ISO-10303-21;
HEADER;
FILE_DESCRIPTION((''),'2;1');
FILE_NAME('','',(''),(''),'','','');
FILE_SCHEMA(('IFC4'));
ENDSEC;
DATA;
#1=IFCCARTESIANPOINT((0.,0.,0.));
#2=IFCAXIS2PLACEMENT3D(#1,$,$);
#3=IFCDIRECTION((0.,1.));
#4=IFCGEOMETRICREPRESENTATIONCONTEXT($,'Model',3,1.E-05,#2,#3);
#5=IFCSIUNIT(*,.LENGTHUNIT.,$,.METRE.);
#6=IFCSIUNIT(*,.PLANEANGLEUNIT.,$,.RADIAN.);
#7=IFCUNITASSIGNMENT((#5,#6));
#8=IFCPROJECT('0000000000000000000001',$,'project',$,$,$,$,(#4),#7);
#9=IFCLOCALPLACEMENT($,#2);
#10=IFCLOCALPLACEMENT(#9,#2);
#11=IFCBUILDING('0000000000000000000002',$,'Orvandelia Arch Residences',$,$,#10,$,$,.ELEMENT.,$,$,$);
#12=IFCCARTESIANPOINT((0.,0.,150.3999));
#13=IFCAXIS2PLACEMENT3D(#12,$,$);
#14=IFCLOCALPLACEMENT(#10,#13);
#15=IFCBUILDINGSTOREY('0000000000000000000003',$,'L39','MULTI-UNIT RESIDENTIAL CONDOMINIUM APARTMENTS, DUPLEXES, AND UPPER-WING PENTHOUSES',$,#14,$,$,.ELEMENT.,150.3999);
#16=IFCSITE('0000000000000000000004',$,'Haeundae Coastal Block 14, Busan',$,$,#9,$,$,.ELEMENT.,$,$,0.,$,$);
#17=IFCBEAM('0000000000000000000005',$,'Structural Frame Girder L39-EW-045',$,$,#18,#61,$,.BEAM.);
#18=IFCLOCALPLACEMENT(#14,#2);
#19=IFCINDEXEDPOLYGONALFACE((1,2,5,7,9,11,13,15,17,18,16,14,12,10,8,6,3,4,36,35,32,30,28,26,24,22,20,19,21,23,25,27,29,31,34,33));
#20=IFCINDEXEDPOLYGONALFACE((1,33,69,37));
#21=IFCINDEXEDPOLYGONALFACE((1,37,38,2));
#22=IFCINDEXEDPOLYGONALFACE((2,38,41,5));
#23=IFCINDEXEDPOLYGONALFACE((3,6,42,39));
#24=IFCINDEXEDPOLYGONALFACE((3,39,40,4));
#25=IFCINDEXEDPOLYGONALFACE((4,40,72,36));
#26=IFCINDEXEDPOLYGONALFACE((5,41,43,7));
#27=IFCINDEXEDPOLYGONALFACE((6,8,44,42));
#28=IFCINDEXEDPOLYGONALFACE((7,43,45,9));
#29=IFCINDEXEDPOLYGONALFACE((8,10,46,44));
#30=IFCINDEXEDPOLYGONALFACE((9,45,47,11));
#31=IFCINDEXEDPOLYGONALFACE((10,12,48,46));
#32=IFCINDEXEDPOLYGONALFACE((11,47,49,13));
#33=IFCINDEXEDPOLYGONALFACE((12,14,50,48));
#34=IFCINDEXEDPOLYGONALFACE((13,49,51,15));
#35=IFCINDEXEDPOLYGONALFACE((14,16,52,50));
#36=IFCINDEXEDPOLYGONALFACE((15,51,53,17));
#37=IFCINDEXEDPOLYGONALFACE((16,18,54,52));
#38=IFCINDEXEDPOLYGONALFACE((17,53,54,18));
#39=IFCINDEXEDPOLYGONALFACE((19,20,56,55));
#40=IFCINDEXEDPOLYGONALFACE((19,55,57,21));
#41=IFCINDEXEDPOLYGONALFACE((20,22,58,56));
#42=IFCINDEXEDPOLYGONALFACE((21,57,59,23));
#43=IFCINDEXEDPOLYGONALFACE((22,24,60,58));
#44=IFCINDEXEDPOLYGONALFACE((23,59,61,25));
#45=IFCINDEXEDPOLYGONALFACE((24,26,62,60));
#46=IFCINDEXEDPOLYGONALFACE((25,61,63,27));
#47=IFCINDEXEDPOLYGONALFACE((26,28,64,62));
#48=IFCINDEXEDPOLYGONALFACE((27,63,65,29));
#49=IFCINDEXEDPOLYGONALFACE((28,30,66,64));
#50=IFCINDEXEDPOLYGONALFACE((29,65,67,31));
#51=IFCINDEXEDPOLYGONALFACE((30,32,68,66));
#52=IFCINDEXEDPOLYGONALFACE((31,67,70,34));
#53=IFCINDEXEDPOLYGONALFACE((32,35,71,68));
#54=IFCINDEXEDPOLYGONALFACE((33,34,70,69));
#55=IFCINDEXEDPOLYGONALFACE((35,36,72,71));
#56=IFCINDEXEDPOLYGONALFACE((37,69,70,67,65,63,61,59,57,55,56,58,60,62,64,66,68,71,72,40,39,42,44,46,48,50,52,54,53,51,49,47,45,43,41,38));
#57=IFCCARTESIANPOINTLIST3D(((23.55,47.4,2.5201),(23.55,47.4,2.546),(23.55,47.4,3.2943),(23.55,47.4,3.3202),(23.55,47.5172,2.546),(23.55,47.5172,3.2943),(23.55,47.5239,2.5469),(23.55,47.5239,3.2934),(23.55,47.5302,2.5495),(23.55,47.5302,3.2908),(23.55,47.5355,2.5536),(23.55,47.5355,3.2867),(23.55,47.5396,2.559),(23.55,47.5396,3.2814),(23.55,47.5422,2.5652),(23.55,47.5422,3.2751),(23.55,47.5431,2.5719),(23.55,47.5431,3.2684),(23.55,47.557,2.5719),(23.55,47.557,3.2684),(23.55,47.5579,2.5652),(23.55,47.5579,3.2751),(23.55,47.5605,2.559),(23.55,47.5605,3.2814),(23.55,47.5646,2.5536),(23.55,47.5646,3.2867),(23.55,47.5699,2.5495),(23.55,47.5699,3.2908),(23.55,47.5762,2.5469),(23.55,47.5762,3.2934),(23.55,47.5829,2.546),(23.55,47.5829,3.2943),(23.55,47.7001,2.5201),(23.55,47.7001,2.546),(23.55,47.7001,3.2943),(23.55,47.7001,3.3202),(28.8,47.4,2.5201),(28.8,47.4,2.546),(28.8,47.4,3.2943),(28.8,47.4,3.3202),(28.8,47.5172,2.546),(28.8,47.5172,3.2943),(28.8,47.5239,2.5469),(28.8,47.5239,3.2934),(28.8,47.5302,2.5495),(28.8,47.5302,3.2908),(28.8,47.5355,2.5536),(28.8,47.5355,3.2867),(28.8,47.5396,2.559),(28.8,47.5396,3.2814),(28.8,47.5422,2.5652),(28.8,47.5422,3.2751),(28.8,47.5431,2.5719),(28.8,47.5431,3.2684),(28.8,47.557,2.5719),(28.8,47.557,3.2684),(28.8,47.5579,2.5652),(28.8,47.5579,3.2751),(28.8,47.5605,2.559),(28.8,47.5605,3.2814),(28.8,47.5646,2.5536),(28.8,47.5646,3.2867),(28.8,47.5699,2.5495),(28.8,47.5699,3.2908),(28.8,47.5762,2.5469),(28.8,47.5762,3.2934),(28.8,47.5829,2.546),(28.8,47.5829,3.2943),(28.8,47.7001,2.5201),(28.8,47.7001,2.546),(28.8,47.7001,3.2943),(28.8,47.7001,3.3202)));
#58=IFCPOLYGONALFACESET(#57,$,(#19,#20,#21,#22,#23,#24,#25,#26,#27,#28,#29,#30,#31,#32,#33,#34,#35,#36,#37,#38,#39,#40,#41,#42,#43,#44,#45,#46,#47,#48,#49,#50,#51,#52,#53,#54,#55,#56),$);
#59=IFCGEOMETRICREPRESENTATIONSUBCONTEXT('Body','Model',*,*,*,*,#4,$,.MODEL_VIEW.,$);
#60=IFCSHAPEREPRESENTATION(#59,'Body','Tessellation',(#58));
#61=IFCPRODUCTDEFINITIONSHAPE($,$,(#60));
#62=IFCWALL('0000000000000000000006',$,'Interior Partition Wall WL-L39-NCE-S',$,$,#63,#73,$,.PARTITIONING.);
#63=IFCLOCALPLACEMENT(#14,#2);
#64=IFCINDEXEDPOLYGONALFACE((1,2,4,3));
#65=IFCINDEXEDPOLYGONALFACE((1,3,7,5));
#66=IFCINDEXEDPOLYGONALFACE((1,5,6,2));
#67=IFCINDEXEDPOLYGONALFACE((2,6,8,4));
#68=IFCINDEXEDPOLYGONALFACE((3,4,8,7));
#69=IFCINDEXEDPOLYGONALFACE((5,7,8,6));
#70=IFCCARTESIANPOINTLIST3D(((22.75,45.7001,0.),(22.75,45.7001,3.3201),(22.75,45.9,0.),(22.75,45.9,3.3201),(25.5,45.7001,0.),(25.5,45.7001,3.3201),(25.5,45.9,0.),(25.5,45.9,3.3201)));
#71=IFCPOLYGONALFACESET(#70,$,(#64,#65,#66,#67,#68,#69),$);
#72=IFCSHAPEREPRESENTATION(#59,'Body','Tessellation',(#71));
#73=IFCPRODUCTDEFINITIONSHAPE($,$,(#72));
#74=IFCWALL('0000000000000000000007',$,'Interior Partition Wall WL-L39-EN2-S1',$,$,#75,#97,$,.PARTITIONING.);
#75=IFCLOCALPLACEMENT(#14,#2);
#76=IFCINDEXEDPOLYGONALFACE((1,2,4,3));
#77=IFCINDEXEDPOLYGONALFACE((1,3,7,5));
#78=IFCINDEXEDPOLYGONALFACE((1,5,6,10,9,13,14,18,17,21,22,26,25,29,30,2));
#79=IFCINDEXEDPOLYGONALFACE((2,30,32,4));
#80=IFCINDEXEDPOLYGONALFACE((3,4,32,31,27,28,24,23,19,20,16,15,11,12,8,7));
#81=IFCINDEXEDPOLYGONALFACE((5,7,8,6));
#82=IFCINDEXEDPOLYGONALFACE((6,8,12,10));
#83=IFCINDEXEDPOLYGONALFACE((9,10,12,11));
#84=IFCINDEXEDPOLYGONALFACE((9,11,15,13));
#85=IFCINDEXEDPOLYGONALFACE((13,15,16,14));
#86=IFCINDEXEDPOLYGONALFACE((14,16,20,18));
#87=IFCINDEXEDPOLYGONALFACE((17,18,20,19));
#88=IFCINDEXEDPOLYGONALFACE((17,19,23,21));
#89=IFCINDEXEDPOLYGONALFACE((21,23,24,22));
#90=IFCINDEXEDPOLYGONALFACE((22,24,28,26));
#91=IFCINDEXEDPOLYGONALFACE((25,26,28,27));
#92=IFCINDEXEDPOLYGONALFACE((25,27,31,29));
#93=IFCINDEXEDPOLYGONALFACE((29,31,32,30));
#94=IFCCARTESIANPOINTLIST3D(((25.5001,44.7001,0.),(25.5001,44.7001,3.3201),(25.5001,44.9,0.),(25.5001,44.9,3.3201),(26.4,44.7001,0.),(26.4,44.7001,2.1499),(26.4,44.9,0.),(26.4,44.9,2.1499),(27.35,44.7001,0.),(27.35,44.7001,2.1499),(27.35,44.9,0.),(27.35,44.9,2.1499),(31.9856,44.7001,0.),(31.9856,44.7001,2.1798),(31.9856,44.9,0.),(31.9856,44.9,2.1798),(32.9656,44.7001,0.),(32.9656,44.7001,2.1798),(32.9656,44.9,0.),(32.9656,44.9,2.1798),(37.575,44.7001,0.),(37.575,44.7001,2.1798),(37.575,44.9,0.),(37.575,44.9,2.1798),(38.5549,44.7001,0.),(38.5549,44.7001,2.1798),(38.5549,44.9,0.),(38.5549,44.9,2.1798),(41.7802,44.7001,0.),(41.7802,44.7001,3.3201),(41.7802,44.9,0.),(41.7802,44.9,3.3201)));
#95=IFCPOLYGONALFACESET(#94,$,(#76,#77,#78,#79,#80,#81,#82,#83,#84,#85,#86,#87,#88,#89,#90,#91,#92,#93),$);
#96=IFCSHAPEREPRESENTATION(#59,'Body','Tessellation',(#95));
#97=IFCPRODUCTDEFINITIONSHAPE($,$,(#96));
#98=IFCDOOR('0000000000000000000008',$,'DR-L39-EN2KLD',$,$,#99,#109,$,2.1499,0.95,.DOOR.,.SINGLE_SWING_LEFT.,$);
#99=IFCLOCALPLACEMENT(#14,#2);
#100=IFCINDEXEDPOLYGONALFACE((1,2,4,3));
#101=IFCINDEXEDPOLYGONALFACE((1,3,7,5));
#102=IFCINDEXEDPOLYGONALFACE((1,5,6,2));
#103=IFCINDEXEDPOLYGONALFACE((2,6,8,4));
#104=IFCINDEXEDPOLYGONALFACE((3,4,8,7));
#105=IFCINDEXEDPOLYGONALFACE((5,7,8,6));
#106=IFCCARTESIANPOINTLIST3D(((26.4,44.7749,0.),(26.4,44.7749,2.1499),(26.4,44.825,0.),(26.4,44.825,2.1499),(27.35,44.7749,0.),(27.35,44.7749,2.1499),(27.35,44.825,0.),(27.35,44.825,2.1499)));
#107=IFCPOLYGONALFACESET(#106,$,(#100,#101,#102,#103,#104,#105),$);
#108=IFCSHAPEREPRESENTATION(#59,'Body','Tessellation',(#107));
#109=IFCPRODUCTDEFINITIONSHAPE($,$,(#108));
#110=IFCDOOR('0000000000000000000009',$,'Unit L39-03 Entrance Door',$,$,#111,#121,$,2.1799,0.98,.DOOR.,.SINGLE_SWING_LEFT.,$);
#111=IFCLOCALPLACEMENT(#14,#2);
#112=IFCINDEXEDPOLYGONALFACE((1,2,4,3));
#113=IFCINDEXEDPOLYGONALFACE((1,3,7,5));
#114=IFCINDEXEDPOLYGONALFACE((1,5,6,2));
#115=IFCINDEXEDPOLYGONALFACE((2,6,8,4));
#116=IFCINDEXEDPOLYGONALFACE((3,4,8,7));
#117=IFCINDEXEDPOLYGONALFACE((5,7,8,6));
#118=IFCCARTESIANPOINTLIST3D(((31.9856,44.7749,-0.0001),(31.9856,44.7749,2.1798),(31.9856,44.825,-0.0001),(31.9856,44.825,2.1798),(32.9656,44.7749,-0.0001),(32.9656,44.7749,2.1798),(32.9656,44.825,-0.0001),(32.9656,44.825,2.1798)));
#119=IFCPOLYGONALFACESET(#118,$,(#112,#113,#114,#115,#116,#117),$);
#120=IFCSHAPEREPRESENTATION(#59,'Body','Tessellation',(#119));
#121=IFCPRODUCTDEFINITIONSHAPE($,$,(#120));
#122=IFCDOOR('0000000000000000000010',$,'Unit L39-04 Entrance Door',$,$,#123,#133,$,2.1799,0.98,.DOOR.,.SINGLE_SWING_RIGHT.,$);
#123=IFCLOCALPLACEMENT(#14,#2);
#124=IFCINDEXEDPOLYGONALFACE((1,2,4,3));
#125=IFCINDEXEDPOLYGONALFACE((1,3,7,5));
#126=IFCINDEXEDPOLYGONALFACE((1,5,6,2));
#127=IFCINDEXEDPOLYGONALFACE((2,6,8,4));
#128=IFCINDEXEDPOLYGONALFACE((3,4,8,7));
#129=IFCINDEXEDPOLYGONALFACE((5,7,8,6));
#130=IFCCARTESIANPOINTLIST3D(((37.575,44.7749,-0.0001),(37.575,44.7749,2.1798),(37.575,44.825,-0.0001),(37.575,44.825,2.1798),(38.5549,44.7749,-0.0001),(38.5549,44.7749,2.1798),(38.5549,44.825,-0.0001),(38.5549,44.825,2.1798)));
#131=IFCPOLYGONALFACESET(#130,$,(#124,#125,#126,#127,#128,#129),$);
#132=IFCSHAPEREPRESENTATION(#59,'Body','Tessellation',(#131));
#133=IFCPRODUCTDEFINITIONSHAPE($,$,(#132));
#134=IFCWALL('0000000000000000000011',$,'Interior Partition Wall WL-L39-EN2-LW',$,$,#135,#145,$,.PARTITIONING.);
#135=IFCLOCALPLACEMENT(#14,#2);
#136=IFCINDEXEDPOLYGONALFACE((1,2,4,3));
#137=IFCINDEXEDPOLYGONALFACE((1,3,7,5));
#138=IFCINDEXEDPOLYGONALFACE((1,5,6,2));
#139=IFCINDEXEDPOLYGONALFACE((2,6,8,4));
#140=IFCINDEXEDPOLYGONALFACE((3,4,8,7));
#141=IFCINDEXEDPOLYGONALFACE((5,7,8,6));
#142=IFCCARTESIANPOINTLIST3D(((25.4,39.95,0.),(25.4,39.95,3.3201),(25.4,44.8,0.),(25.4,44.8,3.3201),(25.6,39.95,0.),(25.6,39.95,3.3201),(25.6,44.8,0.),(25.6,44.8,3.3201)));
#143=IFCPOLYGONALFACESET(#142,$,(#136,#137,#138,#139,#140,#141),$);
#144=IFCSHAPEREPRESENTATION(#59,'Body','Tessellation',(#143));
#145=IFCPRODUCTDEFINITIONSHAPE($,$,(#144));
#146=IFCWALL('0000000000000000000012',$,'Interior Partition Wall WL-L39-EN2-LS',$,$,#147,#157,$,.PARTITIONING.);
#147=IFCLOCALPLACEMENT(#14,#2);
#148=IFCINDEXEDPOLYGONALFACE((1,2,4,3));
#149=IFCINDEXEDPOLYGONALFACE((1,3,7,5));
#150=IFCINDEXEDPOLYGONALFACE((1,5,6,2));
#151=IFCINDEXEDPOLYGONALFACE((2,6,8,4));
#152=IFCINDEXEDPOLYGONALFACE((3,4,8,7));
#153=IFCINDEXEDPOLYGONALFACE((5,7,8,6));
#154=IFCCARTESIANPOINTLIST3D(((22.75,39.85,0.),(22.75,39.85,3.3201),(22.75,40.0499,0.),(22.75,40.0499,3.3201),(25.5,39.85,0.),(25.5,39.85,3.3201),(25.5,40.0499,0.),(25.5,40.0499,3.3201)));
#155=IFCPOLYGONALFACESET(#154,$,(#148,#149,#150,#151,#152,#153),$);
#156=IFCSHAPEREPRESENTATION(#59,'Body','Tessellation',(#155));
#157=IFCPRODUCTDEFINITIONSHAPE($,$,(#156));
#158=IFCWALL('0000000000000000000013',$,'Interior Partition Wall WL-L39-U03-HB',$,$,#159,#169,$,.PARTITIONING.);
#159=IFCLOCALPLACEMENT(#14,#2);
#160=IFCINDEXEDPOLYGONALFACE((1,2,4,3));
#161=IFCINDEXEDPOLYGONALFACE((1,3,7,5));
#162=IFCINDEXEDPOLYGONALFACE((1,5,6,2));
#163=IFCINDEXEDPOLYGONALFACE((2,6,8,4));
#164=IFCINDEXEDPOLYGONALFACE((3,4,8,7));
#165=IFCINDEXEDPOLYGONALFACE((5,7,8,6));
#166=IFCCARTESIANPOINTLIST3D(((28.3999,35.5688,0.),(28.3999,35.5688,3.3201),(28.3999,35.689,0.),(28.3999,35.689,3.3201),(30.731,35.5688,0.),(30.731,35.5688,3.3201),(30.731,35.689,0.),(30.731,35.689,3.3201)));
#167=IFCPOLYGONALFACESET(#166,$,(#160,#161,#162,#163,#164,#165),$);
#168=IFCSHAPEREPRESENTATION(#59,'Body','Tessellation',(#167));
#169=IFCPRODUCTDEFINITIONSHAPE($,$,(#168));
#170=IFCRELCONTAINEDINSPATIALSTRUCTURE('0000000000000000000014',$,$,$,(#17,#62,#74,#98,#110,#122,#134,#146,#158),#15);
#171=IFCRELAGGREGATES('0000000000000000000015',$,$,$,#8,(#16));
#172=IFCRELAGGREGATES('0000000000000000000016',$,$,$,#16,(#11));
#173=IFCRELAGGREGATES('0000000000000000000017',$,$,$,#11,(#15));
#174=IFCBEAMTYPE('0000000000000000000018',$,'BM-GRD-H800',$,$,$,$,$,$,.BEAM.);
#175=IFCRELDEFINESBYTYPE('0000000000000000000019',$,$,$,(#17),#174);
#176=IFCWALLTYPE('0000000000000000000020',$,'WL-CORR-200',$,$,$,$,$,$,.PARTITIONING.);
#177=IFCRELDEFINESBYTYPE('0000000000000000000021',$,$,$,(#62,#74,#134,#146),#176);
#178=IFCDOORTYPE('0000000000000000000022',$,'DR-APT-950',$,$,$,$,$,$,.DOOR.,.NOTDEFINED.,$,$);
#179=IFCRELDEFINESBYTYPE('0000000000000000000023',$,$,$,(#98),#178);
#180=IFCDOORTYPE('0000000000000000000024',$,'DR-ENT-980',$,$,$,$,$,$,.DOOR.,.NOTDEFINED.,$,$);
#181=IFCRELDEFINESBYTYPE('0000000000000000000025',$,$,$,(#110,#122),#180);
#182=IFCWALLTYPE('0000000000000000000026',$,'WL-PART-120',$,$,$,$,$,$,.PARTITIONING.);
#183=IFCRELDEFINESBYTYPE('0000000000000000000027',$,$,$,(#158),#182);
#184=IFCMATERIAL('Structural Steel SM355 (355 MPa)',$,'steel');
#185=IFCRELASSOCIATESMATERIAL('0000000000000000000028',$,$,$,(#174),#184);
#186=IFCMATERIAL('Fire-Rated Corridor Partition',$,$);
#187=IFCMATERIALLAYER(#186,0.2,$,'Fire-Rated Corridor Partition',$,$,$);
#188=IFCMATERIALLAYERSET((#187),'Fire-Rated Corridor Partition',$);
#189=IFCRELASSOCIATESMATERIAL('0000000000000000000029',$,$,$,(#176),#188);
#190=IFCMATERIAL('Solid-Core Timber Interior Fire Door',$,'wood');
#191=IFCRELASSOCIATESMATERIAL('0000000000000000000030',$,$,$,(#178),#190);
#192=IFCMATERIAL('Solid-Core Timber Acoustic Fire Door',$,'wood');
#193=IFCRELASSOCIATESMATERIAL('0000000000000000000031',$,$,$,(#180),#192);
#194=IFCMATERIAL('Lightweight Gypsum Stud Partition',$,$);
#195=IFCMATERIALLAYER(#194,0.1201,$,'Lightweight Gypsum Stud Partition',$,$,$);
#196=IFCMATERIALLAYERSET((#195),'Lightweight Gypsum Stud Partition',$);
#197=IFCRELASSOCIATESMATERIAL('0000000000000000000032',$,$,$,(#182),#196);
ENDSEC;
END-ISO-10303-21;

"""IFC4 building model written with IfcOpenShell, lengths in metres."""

from ifc_helpers import new_model, si_unit, direction, frame, frame_2d, origin, origin_2d, place, context, subcontext, project, spatial, rectangle, i_section, extrude, material, layer, layer_set, material_profile, profile_set, type_object, element, fill, save


model = new_model("IFC4")

# Units and contexts
model_context = context("Model", 3, precision=1e-05, world=origin(), true_north=direction((0.0, 1.0)))
body_context = subcontext(model_context, "Body", "Model", "MODEL_VIEW")
ifc_project = project(units=[si_unit("LENGTHUNIT", "METRE"), si_unit("PLANEANGLEUNIT", "RADIAN")], contexts=[model_context])

# Site, building, storey
site_placement = place(None, origin())
site = spatial("IfcSite", under=ifc_project, at=site_placement, Name="Haeundae Coastal Block 14, Busan", CompositionType="ELEMENT", RefElevation=0.0)
building_placement = place(site_placement, origin())
building = spatial("IfcBuilding", under=site, at=building_placement, Name="Orvandelia Arch Residences", CompositionType="ELEMENT")
storey_placement = place(building_placement, frame((0.0, 0.0, 150.3999)))
storey = spatial("IfcBuildingStorey", under=building, at=storey_placement, Name="L39", Description="MULTI-UNIT RESIDENTIAL CONDOMINIUM APARTMENTS, DUPLEXES, AND UPPER-WING PENTHOUSES", CompositionType="ELEMENT", Elevation=150.3999)

# Beam
ifc_material_1 = material(Name="Structural Steel SM355 (355 MPa)", Category="steel")
ifc_material_profile_1 = material_profile(ifc_material_1, i_section(OverallWidth=0.3, OverallDepth=0.8, WebThickness=0.0139, FlangeThickness=0.0259, FilletRadius=0.0259, at=origin_2d()), Name="Structural Steel SM355 (355 MPa)", Category="steel")
ifc_profile_set_1 = profile_set([ifc_material_profile_1], Name="Structural Steel SM355 (355 MPa)")
beam_type = type_object("IfcBeamType", Name="BM-GRD-H800", PredefinedType="BEAM", material=ifc_profile_set_1)
beam_1_placement = place(storey_placement, frame((23.55, 47.55, 2.9202), z_axis=(1.0, 0.0, 0.0), x_axis=(0.0, 1.0, 0.0)))
element("IfcBeam", 1, at=beam_1_placement, inside=storey, type_object=beam_type, Name="Structural Frame Girder L39-EW-045", PredefinedType="BEAM", context=body_context, shape_type="SweptSolid", body=[
    extrude(i_section(OverallWidth=0.3, OverallDepth=0.8, WebThickness=0.0139, FlangeThickness=0.0259, FilletRadius=0.0259, at=origin_2d()), origin(), (0.0, 0.0, 1.0), 5.25),
])

# Wall
ifc_material_2 = material(Name="Fire-Rated Corridor Partition")
ifc_layer_1 = layer(ifc_material_2, 0.2, Name="Fire-Rated Corridor Partition")
ifc_layer_set_1 = layer_set([ifc_layer_1], Name="Fire-Rated Corridor Partition")
wall_type_1 = type_object("IfcWallType", Name="WL-CORR-200", PredefinedType="PARTITIONING", material=ifc_layer_set_1)
wall_1_placement = place(storey_placement, frame((22.75, 45.8, 0.0), z_axis=(0.0, 0.0, 1.0), x_axis=(1.0, 0.0, 0.0)))
element("IfcWall", 2, at=wall_1_placement, inside=storey, type_object=wall_type_1, Name="Interior Partition Wall WL-L39-NCE-S", PredefinedType="PARTITIONING", context=body_context, shape_type="SweptSolid", body=[
    extrude(rectangle(XDim=2.75, YDim=0.2, at=frame_2d((1.375, 0.0))), origin(), (0.0, 0.0, 1.0), 3.3201),
])

# Wall, openings, doors
wall_2_placement = place(storey_placement, frame((25.5, 44.8, 0.0), z_axis=(0.0, 0.0, 1.0), x_axis=(1.0, 0.0, 0.0)))
wall_2 = element("IfcWall", 3, at=wall_2_placement, inside=storey, type_object=wall_type_1, Name="Interior Partition Wall WL-L39-EN2-S1", PredefinedType="PARTITIONING", context=body_context, shape_type="SweptSolid", body=[
    extrude(rectangle(XDim=16.28, YDim=0.2, at=frame_2d((8.1401, 0.0))), origin(), (0.0, 0.0, 1.0), 3.3201),
])
opening_1_placement = place(wall_2_placement, frame((0.8999, 0.0, 0.0)))
opening_1 = element("IfcOpeningElement", 4, at=opening_1_placement, cuts=wall_2, PredefinedType="OPENING", context=body_context, shape_type="SweptSolid", body=[
    extrude(rectangle(XDim=0.95, YDim=2.1499, at=frame_2d((0.4751, 1.075))), frame((0.0, 0.1099, 0.0), z_axis=(0.0, -1.0, 0.0), x_axis=(1.0, 0.0, 0.0)), (0.0, 0.0, 1.0), 0.22),
])
opening_2_placement = place(wall_2_placement, frame((6.4856, 0.0, 0.0)))
opening_2 = element("IfcOpeningElement", 5, at=opening_2_placement, cuts=wall_2, PredefinedType="OPENING", context=body_context, shape_type="SweptSolid", body=[
    extrude(rectangle(XDim=0.98, YDim=2.1799, at=frame_2d((0.49, 1.0898))), frame((0.0, 0.1099, 0.0), z_axis=(0.0, -1.0, 0.0), x_axis=(1.0, 0.0, 0.0)), (0.0, 0.0, 1.0), 0.22),
])
opening_3_placement = place(wall_2_placement, frame((12.075, 0.0, 0.0)))
opening_3 = element("IfcOpeningElement", 6, at=opening_3_placement, cuts=wall_2, PredefinedType="OPENING", context=body_context, shape_type="SweptSolid", body=[
    extrude(rectangle(XDim=0.98, YDim=2.1799, at=frame_2d((0.49, 1.0898))), frame((0.0, 0.1099, 0.0), z_axis=(0.0, -1.0, 0.0), x_axis=(1.0, 0.0, 0.0)), (0.0, 0.0, 1.0), 0.22),
])
ifc_material_3 = material(Name="Solid-Core Timber Interior Fire Door", Category="wood")
door_type_1 = type_object("IfcDoorType", Name="DR-APT-950", OperationType="NOTDEFINED", PredefinedType="DOOR", material=ifc_material_3)
door_1_placement = place(opening_1_placement, origin())
door_1 = element("IfcDoor", 7, at=door_1_placement, inside=storey, type_object=door_type_1, Name="DR-L39-EN2KLD", OperationType="SINGLE_SWING_LEFT", OverallHeight=2.1499, OverallWidth=0.95, PredefinedType="DOOR", context=body_context, shape_type="SweptSolid", body=[
    extrude(rectangle(XDim=0.95, YDim=2.1499, at=frame_2d((0.4751, 1.075))), frame((0.0, 0.0249, 0.0), z_axis=(0.0, -1.0, 0.0), x_axis=(1.0, 0.0, 0.0)), (0.0, 0.0, 1.0), 0.05),
])
fill(opening_1, door_1)
ifc_material_4 = material(Name="Solid-Core Timber Acoustic Fire Door", Category="wood")
door_type_2 = type_object("IfcDoorType", Name="DR-ENT-980", OperationType="NOTDEFINED", PredefinedType="DOOR", material=ifc_material_4)
door_2_placement = place(opening_2_placement, origin())
door_2 = element("IfcDoor", 8, at=door_2_placement, inside=storey, type_object=door_type_2, Name="Unit L39-03 Entrance Door", OperationType="SINGLE_SWING_LEFT", OverallHeight=2.1799, OverallWidth=0.98, PredefinedType="DOOR", context=body_context, shape_type="SweptSolid", body=[
    extrude(rectangle(XDim=0.98, YDim=2.1799, at=frame_2d((0.49, 1.0898))), frame((0.0, 0.0249, 0.0), z_axis=(0.0, -1.0, 0.0), x_axis=(1.0, 0.0, 0.0)), (0.0, 0.0, 1.0), 0.05),
])
fill(opening_2, door_2)
door_3_placement = place(opening_3_placement, origin())
door_3 = element("IfcDoor", 9, at=door_3_placement, inside=storey, type_object=door_type_2, Name="Unit L39-04 Entrance Door", OperationType="SINGLE_SWING_RIGHT", OverallHeight=2.1799, OverallWidth=0.98, PredefinedType="DOOR", context=body_context, shape_type="SweptSolid", body=[
    extrude(rectangle(XDim=0.98, YDim=2.1799, at=frame_2d((0.49, 1.0898))), frame((0.0, 0.0249, 0.0), z_axis=(0.0, -1.0, 0.0), x_axis=(1.0, 0.0, 0.0)), (0.0, 0.0, 1.0), 0.05),
])
fill(opening_3, door_3)

# Walls
wall_3_placement = place(storey_placement, frame((25.5, 39.95, 0.0), z_axis=(0.0, 0.0, 1.0), x_axis=(0.0, 1.0, 0.0)))
element("IfcWall", 10, at=wall_3_placement, inside=storey, type_object=wall_type_1, Name="Interior Partition Wall WL-L39-EN2-LW", PredefinedType="PARTITIONING", context=body_context, shape_type="SweptSolid", body=[
    extrude(rectangle(XDim=4.8501, YDim=0.2, at=frame_2d((2.425, 0.0))), origin(), (0.0, 0.0, 1.0), 3.3201),
])
wall_4_placement = place(storey_placement, frame((22.75, 39.95, 0.0), z_axis=(0.0, 0.0, 1.0), x_axis=(1.0, 0.0, 0.0)))
element("IfcWall", 11, at=wall_4_placement, inside=storey, type_object=wall_type_1, Name="Interior Partition Wall WL-L39-EN2-LS", PredefinedType="PARTITIONING", context=body_context, shape_type="SweptSolid", body=[
    extrude(rectangle(XDim=2.75, YDim=0.2, at=frame_2d((1.375, 0.0))), origin(), (0.0, 0.0, 1.0), 3.3201),
])
ifc_material_5 = material(Name="Lightweight Gypsum Stud Partition")
ifc_layer_2 = layer(ifc_material_5, 0.1201, Name="Lightweight Gypsum Stud Partition")
ifc_layer_set_2 = layer_set([ifc_layer_2], Name="Lightweight Gypsum Stud Partition")
wall_type_2 = type_object("IfcWallType", Name="WL-PART-120", PredefinedType="PARTITIONING", material=ifc_layer_set_2)
wall_5_placement = place(storey_placement, frame((28.3999, 35.6289, 0.0), z_axis=(0.0, 0.0, 1.0), x_axis=(1.0, 0.0, 0.0)))
element("IfcWall", 12, at=wall_5_placement, inside=storey, type_object=wall_type_2, Name="Interior Partition Wall WL-L39-U03-HB", PredefinedType="PARTITIONING", context=body_context, shape_type="SweptSolid", body=[
    extrude(rectangle(XDim=2.3311, YDim=0.1201, at=frame_2d((1.1655, 0.0))), origin(), (0.0, 0.0, 1.0), 3.3201),
])

save(model, "model.ifc")
